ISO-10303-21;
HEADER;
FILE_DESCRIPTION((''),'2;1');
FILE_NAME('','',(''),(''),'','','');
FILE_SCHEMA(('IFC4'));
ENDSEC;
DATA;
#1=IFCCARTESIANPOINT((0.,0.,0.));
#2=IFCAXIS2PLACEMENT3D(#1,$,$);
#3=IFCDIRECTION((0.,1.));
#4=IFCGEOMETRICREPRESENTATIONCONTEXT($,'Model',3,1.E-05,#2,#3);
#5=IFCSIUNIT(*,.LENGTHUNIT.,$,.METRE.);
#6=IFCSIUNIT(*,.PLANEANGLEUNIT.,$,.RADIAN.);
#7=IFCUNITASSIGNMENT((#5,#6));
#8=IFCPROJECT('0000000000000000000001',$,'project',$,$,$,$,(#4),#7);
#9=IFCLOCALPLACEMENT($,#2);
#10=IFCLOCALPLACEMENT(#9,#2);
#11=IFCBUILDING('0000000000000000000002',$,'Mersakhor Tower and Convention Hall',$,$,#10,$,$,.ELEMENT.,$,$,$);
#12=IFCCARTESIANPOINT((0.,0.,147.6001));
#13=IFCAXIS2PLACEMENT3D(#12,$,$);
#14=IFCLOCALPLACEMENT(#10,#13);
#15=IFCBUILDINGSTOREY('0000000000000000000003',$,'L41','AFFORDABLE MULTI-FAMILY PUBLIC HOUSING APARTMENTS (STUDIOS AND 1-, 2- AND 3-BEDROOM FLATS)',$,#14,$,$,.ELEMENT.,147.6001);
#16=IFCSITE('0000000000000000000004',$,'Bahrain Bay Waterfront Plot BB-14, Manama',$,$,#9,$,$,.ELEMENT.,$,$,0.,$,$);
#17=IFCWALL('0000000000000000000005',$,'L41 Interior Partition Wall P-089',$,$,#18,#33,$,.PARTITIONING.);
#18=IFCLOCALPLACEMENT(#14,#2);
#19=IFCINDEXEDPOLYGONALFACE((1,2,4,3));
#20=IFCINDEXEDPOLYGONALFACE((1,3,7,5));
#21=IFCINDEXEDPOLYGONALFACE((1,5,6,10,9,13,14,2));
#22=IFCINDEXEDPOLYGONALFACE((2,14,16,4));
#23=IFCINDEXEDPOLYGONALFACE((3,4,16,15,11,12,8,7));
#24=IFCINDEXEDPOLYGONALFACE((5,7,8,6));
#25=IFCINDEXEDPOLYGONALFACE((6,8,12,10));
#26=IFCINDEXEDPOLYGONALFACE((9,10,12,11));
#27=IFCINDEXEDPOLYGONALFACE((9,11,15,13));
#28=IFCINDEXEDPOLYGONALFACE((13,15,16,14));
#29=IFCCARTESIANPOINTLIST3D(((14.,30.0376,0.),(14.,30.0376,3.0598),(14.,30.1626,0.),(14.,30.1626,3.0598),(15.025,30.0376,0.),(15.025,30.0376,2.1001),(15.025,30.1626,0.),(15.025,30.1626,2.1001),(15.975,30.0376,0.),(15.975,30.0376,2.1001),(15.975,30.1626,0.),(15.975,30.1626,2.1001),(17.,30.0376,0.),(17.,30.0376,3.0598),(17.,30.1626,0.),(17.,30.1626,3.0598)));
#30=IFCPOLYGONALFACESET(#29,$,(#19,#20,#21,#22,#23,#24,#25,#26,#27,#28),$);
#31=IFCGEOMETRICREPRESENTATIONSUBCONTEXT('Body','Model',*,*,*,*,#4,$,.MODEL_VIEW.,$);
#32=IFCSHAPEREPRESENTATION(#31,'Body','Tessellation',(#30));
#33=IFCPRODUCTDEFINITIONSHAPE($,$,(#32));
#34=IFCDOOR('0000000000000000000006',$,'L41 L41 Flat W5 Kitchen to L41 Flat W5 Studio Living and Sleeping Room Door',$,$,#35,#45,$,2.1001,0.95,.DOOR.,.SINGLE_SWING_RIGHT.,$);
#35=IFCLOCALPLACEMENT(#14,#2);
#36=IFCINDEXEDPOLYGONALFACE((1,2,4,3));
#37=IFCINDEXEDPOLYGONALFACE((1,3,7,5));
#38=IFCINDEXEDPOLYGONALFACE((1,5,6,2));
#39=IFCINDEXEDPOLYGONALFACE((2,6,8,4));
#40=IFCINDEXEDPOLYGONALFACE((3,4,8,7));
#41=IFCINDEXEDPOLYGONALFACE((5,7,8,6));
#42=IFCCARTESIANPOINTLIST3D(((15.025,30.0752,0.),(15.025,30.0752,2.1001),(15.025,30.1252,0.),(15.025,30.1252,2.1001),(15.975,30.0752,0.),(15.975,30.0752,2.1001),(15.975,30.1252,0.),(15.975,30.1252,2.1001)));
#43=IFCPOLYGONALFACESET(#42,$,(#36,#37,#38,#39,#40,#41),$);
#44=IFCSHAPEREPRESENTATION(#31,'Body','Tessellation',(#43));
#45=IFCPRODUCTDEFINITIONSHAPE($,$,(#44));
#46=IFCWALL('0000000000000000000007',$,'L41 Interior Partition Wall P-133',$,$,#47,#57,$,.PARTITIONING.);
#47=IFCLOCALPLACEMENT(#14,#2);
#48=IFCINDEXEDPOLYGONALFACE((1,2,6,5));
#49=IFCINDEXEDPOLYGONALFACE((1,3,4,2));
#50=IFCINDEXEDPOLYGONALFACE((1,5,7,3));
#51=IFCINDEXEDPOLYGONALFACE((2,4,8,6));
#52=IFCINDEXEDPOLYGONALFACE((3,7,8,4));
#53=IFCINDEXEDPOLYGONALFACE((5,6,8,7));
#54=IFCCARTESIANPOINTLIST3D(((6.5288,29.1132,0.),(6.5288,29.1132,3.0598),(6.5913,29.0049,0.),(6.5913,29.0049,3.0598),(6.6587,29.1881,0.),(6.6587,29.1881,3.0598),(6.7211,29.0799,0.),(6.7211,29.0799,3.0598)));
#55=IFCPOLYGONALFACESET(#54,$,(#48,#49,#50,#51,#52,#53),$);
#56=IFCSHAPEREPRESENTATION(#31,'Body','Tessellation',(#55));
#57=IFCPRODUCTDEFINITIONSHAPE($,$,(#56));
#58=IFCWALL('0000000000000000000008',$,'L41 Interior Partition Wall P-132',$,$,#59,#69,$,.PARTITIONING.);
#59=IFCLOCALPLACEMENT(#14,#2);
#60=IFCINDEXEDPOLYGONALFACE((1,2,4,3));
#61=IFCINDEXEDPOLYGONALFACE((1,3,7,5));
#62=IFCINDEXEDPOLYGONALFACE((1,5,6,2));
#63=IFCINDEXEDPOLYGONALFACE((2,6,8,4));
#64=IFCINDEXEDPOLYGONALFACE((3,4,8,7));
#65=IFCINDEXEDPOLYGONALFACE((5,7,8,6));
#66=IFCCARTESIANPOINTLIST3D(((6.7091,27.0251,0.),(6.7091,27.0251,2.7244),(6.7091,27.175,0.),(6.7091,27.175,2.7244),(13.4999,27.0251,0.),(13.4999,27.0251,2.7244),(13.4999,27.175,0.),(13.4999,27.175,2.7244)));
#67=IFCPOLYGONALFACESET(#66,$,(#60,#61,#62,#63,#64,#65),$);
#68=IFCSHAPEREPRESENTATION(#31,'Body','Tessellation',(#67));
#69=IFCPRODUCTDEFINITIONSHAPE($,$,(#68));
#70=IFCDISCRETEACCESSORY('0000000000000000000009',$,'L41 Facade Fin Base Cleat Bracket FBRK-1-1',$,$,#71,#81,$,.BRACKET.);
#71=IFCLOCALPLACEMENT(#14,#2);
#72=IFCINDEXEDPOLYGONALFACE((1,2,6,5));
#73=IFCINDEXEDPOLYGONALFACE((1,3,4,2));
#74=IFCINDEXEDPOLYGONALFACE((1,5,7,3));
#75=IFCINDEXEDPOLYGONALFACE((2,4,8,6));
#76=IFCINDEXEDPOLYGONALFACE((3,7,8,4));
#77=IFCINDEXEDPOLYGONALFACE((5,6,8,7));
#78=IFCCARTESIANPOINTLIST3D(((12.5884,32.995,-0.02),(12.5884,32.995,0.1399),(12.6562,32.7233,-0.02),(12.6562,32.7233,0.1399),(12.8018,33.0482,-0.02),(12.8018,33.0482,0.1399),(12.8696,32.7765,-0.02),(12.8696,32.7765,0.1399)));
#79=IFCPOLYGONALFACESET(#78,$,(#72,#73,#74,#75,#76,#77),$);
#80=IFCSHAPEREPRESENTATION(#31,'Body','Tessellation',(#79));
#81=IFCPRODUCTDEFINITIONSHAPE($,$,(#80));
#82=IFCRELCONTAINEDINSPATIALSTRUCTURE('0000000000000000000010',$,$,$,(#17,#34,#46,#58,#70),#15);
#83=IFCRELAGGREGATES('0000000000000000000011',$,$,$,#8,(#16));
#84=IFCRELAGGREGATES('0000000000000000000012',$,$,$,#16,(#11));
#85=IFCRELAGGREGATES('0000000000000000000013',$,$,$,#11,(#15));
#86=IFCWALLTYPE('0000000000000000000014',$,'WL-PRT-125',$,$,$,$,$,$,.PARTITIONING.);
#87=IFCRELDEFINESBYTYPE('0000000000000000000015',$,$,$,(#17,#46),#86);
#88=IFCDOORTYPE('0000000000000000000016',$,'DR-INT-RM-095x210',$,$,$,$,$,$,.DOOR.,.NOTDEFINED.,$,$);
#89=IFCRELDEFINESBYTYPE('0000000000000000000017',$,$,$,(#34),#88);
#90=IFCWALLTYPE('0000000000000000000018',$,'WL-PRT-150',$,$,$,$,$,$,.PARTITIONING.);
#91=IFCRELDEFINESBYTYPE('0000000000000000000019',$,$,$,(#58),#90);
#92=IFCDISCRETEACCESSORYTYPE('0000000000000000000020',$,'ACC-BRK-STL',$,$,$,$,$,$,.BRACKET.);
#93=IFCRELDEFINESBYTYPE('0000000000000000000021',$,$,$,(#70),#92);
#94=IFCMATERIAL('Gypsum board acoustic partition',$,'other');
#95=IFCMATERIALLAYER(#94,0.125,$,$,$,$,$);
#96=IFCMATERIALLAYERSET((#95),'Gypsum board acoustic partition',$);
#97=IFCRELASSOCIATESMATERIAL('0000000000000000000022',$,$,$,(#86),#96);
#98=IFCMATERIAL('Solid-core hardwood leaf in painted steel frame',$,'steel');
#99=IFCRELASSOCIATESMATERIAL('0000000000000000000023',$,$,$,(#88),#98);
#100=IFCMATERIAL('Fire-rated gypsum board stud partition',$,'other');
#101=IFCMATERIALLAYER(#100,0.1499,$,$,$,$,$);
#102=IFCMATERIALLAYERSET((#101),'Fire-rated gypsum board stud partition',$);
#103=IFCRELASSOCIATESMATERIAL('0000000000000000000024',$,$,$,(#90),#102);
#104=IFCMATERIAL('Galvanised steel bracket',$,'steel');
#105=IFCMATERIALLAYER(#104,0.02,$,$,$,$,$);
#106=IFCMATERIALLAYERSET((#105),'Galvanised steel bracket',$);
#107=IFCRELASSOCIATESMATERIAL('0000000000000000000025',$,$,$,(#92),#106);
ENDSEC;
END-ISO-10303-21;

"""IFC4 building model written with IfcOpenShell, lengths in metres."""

from ifc_helpers import new_model, si_unit, direction, frame, frame_2d, origin, origin_2d, place, context, subcontext, project, spatial, rectangle, extrude, material, layer, layer_set, type_object, element, fill, save


model = new_model("IFC4")

# Units and contexts
model_context = context("Model", 3, precision=1e-05, world=origin(), true_north=direction((0.0, 1.0)))
body_context = subcontext(model_context, "Body", "Model", "MODEL_VIEW")
ifc_project = project(units=[si_unit("LENGTHUNIT", "METRE"), si_unit("PLANEANGLEUNIT", "RADIAN")], contexts=[model_context])

# Site, building, storey
site_placement = place(None, origin())
site = spatial("IfcSite", under=ifc_project, at=site_placement, Name="Bahrain Bay Waterfront Plot BB-14, Manama", CompositionType="ELEMENT", RefElevation=0.0)
building_placement = place(site_placement, origin())
building = spatial("IfcBuilding", under=site, at=building_placement, Name="Mersakhor Tower and Convention Hall", CompositionType="ELEMENT")
storey_placement = place(building_placement, frame((0.0, 0.0, 147.6001)))
storey = spatial("IfcBuildingStorey", under=building, at=storey_placement, Name="L41", Description="AFFORDABLE MULTI-FAMILY PUBLIC HOUSING APARTMENTS (STUDIOS AND 1-, 2- AND 3-BEDROOM FLATS)", CompositionType="ELEMENT", Elevation=147.6001)

# Wall, opening, door
ifc_material_1 = material(Name="Gypsum board acoustic partition", Category="other")
ifc_layer_1 = layer(ifc_material_1, 0.125)
ifc_layer_set_1 = layer_set([ifc_layer_1], Name="Gypsum board acoustic partition")
wall_type_1 = type_object("IfcWallType", Name="WL-PRT-125", PredefinedType="PARTITIONING", material=ifc_layer_set_1)
wall_1_placement = place(storey_placement, frame((17.0, 30.1001, 0.0), z_axis=(0.0, 0.0, 1.0), x_axis=(-1.0, 0.0, 0.0)))
wall_1 = element("IfcWall", 1, at=wall_1_placement, inside=storey, type_object=wall_type_1, Name="L41 Interior Partition Wall P-089", PredefinedType="PARTITIONING", context=body_context, shape_type="SweptSolid", body=[
    extrude(rectangle(XDim=3.0, YDim=0.125, at=frame_2d((1.5, 0.0))), origin(), (0.0, 0.0, 1.0), 3.0598),
])
opening_1_placement = place(wall_1_placement, frame((1.0249, 0.0, 0.0)))
opening_1 = element("IfcOpeningElement", 2, at=opening_1_placement, cuts=wall_1, PredefinedType="OPENING", context=body_context, shape_type="SweptSolid", body=[
    extrude(rectangle(XDim=0.95, YDim=2.1001, at=frame_2d((0.4751, 1.05))), frame((0.0, 0.0725, 0.0), z_axis=(0.0, -1.0, 0.0), x_axis=(1.0, 0.0, 0.0)), (0.0, 0.0, 1.0), 0.145),
])
ifc_material_2 = material(Name="Solid-core hardwood leaf in painted steel frame", Category="steel")
door_type_1 = type_object("IfcDoorType", Name="DR-INT-RM-095x210", OperationType="NOTDEFINED", PredefinedType="DOOR", material=ifc_material_2)
door_1_placement = place(opening_1_placement, origin())
door_1 = element("IfcDoor", 3, at=door_1_placement, inside=storey, type_object=door_type_1, Name="L41 L41 Flat W5 Kitchen to L41 Flat W5 Studio Living and Sleeping Room Door", OperationType="SINGLE_SWING_RIGHT", OverallHeight=2.1001, OverallWidth=0.95, PredefinedType="DOOR", context=body_context, shape_type="SweptSolid", body=[
    extrude(rectangle(XDim=0.95, YDim=2.1001, at=frame_2d((0.4751, 1.05))), frame((0.0, 0.0249, 0.0), z_axis=(0.0, -1.0, 0.0), x_axis=(1.0, 0.0, 0.0)), (0.0, 0.0, 1.0), 0.05),
])
fill(opening_1, door_1)

# Walls
wall_2_placement = place(storey_placement, frame((6.5601, 29.0591, 0.0), z_axis=(0.0, 0.0, 1.0), x_axis=(0.866131, 0.499816, 0.0)))
element("IfcWall", 4, at=wall_2_placement, inside=storey, type_object=wall_type_1, Name="L41 Interior Partition Wall P-133", PredefinedType="PARTITIONING", context=body_context, shape_type="SweptSolid", body=[
    extrude(rectangle(XDim=0.1499, YDim=0.125, at=frame_2d((0.075, 0.0))), origin(), (0.0, 0.0, 1.0), 3.0598),
])
ifc_material_3 = material(Name="Fire-rated gypsum board stud partition", Category="other")
ifc_layer_2 = layer(ifc_material_3, 0.1499)
ifc_layer_set_2 = layer_set([ifc_layer_2], Name="Fire-rated gypsum board stud partition")
wall_type_2 = type_object("IfcWallType", Name="WL-PRT-150", PredefinedType="PARTITIONING", material=ifc_layer_set_2)
wall_3_placement = place(storey_placement, frame((13.5, 27.1001, 0.0), z_axis=(0.0, 0.0, 1.0), x_axis=(-1.0, 0.0, 0.0)))
element("IfcWall", 5, at=wall_3_placement, inside=storey, type_object=wall_type_2, Name="L41 Interior Partition Wall P-132", PredefinedType="PARTITIONING", context=body_context, shape_type="SweptSolid", body=[
    extrude(rectangle(XDim=6.7908, YDim=0.1499, at=frame_2d((3.3955, 0.0))), origin(), (0.0, 0.0, 1.0), 2.7244),
])

# Discrete accessory
ifc_material_4 = material(Name="Galvanised steel bracket", Category="steel")
ifc_layer_3 = layer(ifc_material_4, 0.02)
ifc_layer_set_3 = layer_set([ifc_layer_3], Name="Galvanised steel bracket")
discrete_accessory_type = type_object("IfcDiscreteAccessoryType", Name="ACC-BRK-STL", PredefinedType="BRACKET", material=ifc_layer_set_3)
discrete_accessory_placement = place(storey_placement, frame((12.729, 32.8857, -0.02), z_axis=(0.0, 0.0, 1.0), x_axis=(-0.241922, 0.970296, 0.0)))
element("IfcDiscreteAccessory", 6, at=discrete_accessory_placement, inside=storey, type_object=discrete_accessory_type, Name="L41 Facade Fin Base Cleat Bracket FBRK-1-1", PredefinedType="BRACKET", context=body_context, shape_type="SweptSolid", body=[
    extrude(rectangle(XDim=0.28, YDim=0.22, at=origin_2d()), origin(), (0.0, 0.0, 1.0), 0.1599),
])

save(model, "model.ifc")
